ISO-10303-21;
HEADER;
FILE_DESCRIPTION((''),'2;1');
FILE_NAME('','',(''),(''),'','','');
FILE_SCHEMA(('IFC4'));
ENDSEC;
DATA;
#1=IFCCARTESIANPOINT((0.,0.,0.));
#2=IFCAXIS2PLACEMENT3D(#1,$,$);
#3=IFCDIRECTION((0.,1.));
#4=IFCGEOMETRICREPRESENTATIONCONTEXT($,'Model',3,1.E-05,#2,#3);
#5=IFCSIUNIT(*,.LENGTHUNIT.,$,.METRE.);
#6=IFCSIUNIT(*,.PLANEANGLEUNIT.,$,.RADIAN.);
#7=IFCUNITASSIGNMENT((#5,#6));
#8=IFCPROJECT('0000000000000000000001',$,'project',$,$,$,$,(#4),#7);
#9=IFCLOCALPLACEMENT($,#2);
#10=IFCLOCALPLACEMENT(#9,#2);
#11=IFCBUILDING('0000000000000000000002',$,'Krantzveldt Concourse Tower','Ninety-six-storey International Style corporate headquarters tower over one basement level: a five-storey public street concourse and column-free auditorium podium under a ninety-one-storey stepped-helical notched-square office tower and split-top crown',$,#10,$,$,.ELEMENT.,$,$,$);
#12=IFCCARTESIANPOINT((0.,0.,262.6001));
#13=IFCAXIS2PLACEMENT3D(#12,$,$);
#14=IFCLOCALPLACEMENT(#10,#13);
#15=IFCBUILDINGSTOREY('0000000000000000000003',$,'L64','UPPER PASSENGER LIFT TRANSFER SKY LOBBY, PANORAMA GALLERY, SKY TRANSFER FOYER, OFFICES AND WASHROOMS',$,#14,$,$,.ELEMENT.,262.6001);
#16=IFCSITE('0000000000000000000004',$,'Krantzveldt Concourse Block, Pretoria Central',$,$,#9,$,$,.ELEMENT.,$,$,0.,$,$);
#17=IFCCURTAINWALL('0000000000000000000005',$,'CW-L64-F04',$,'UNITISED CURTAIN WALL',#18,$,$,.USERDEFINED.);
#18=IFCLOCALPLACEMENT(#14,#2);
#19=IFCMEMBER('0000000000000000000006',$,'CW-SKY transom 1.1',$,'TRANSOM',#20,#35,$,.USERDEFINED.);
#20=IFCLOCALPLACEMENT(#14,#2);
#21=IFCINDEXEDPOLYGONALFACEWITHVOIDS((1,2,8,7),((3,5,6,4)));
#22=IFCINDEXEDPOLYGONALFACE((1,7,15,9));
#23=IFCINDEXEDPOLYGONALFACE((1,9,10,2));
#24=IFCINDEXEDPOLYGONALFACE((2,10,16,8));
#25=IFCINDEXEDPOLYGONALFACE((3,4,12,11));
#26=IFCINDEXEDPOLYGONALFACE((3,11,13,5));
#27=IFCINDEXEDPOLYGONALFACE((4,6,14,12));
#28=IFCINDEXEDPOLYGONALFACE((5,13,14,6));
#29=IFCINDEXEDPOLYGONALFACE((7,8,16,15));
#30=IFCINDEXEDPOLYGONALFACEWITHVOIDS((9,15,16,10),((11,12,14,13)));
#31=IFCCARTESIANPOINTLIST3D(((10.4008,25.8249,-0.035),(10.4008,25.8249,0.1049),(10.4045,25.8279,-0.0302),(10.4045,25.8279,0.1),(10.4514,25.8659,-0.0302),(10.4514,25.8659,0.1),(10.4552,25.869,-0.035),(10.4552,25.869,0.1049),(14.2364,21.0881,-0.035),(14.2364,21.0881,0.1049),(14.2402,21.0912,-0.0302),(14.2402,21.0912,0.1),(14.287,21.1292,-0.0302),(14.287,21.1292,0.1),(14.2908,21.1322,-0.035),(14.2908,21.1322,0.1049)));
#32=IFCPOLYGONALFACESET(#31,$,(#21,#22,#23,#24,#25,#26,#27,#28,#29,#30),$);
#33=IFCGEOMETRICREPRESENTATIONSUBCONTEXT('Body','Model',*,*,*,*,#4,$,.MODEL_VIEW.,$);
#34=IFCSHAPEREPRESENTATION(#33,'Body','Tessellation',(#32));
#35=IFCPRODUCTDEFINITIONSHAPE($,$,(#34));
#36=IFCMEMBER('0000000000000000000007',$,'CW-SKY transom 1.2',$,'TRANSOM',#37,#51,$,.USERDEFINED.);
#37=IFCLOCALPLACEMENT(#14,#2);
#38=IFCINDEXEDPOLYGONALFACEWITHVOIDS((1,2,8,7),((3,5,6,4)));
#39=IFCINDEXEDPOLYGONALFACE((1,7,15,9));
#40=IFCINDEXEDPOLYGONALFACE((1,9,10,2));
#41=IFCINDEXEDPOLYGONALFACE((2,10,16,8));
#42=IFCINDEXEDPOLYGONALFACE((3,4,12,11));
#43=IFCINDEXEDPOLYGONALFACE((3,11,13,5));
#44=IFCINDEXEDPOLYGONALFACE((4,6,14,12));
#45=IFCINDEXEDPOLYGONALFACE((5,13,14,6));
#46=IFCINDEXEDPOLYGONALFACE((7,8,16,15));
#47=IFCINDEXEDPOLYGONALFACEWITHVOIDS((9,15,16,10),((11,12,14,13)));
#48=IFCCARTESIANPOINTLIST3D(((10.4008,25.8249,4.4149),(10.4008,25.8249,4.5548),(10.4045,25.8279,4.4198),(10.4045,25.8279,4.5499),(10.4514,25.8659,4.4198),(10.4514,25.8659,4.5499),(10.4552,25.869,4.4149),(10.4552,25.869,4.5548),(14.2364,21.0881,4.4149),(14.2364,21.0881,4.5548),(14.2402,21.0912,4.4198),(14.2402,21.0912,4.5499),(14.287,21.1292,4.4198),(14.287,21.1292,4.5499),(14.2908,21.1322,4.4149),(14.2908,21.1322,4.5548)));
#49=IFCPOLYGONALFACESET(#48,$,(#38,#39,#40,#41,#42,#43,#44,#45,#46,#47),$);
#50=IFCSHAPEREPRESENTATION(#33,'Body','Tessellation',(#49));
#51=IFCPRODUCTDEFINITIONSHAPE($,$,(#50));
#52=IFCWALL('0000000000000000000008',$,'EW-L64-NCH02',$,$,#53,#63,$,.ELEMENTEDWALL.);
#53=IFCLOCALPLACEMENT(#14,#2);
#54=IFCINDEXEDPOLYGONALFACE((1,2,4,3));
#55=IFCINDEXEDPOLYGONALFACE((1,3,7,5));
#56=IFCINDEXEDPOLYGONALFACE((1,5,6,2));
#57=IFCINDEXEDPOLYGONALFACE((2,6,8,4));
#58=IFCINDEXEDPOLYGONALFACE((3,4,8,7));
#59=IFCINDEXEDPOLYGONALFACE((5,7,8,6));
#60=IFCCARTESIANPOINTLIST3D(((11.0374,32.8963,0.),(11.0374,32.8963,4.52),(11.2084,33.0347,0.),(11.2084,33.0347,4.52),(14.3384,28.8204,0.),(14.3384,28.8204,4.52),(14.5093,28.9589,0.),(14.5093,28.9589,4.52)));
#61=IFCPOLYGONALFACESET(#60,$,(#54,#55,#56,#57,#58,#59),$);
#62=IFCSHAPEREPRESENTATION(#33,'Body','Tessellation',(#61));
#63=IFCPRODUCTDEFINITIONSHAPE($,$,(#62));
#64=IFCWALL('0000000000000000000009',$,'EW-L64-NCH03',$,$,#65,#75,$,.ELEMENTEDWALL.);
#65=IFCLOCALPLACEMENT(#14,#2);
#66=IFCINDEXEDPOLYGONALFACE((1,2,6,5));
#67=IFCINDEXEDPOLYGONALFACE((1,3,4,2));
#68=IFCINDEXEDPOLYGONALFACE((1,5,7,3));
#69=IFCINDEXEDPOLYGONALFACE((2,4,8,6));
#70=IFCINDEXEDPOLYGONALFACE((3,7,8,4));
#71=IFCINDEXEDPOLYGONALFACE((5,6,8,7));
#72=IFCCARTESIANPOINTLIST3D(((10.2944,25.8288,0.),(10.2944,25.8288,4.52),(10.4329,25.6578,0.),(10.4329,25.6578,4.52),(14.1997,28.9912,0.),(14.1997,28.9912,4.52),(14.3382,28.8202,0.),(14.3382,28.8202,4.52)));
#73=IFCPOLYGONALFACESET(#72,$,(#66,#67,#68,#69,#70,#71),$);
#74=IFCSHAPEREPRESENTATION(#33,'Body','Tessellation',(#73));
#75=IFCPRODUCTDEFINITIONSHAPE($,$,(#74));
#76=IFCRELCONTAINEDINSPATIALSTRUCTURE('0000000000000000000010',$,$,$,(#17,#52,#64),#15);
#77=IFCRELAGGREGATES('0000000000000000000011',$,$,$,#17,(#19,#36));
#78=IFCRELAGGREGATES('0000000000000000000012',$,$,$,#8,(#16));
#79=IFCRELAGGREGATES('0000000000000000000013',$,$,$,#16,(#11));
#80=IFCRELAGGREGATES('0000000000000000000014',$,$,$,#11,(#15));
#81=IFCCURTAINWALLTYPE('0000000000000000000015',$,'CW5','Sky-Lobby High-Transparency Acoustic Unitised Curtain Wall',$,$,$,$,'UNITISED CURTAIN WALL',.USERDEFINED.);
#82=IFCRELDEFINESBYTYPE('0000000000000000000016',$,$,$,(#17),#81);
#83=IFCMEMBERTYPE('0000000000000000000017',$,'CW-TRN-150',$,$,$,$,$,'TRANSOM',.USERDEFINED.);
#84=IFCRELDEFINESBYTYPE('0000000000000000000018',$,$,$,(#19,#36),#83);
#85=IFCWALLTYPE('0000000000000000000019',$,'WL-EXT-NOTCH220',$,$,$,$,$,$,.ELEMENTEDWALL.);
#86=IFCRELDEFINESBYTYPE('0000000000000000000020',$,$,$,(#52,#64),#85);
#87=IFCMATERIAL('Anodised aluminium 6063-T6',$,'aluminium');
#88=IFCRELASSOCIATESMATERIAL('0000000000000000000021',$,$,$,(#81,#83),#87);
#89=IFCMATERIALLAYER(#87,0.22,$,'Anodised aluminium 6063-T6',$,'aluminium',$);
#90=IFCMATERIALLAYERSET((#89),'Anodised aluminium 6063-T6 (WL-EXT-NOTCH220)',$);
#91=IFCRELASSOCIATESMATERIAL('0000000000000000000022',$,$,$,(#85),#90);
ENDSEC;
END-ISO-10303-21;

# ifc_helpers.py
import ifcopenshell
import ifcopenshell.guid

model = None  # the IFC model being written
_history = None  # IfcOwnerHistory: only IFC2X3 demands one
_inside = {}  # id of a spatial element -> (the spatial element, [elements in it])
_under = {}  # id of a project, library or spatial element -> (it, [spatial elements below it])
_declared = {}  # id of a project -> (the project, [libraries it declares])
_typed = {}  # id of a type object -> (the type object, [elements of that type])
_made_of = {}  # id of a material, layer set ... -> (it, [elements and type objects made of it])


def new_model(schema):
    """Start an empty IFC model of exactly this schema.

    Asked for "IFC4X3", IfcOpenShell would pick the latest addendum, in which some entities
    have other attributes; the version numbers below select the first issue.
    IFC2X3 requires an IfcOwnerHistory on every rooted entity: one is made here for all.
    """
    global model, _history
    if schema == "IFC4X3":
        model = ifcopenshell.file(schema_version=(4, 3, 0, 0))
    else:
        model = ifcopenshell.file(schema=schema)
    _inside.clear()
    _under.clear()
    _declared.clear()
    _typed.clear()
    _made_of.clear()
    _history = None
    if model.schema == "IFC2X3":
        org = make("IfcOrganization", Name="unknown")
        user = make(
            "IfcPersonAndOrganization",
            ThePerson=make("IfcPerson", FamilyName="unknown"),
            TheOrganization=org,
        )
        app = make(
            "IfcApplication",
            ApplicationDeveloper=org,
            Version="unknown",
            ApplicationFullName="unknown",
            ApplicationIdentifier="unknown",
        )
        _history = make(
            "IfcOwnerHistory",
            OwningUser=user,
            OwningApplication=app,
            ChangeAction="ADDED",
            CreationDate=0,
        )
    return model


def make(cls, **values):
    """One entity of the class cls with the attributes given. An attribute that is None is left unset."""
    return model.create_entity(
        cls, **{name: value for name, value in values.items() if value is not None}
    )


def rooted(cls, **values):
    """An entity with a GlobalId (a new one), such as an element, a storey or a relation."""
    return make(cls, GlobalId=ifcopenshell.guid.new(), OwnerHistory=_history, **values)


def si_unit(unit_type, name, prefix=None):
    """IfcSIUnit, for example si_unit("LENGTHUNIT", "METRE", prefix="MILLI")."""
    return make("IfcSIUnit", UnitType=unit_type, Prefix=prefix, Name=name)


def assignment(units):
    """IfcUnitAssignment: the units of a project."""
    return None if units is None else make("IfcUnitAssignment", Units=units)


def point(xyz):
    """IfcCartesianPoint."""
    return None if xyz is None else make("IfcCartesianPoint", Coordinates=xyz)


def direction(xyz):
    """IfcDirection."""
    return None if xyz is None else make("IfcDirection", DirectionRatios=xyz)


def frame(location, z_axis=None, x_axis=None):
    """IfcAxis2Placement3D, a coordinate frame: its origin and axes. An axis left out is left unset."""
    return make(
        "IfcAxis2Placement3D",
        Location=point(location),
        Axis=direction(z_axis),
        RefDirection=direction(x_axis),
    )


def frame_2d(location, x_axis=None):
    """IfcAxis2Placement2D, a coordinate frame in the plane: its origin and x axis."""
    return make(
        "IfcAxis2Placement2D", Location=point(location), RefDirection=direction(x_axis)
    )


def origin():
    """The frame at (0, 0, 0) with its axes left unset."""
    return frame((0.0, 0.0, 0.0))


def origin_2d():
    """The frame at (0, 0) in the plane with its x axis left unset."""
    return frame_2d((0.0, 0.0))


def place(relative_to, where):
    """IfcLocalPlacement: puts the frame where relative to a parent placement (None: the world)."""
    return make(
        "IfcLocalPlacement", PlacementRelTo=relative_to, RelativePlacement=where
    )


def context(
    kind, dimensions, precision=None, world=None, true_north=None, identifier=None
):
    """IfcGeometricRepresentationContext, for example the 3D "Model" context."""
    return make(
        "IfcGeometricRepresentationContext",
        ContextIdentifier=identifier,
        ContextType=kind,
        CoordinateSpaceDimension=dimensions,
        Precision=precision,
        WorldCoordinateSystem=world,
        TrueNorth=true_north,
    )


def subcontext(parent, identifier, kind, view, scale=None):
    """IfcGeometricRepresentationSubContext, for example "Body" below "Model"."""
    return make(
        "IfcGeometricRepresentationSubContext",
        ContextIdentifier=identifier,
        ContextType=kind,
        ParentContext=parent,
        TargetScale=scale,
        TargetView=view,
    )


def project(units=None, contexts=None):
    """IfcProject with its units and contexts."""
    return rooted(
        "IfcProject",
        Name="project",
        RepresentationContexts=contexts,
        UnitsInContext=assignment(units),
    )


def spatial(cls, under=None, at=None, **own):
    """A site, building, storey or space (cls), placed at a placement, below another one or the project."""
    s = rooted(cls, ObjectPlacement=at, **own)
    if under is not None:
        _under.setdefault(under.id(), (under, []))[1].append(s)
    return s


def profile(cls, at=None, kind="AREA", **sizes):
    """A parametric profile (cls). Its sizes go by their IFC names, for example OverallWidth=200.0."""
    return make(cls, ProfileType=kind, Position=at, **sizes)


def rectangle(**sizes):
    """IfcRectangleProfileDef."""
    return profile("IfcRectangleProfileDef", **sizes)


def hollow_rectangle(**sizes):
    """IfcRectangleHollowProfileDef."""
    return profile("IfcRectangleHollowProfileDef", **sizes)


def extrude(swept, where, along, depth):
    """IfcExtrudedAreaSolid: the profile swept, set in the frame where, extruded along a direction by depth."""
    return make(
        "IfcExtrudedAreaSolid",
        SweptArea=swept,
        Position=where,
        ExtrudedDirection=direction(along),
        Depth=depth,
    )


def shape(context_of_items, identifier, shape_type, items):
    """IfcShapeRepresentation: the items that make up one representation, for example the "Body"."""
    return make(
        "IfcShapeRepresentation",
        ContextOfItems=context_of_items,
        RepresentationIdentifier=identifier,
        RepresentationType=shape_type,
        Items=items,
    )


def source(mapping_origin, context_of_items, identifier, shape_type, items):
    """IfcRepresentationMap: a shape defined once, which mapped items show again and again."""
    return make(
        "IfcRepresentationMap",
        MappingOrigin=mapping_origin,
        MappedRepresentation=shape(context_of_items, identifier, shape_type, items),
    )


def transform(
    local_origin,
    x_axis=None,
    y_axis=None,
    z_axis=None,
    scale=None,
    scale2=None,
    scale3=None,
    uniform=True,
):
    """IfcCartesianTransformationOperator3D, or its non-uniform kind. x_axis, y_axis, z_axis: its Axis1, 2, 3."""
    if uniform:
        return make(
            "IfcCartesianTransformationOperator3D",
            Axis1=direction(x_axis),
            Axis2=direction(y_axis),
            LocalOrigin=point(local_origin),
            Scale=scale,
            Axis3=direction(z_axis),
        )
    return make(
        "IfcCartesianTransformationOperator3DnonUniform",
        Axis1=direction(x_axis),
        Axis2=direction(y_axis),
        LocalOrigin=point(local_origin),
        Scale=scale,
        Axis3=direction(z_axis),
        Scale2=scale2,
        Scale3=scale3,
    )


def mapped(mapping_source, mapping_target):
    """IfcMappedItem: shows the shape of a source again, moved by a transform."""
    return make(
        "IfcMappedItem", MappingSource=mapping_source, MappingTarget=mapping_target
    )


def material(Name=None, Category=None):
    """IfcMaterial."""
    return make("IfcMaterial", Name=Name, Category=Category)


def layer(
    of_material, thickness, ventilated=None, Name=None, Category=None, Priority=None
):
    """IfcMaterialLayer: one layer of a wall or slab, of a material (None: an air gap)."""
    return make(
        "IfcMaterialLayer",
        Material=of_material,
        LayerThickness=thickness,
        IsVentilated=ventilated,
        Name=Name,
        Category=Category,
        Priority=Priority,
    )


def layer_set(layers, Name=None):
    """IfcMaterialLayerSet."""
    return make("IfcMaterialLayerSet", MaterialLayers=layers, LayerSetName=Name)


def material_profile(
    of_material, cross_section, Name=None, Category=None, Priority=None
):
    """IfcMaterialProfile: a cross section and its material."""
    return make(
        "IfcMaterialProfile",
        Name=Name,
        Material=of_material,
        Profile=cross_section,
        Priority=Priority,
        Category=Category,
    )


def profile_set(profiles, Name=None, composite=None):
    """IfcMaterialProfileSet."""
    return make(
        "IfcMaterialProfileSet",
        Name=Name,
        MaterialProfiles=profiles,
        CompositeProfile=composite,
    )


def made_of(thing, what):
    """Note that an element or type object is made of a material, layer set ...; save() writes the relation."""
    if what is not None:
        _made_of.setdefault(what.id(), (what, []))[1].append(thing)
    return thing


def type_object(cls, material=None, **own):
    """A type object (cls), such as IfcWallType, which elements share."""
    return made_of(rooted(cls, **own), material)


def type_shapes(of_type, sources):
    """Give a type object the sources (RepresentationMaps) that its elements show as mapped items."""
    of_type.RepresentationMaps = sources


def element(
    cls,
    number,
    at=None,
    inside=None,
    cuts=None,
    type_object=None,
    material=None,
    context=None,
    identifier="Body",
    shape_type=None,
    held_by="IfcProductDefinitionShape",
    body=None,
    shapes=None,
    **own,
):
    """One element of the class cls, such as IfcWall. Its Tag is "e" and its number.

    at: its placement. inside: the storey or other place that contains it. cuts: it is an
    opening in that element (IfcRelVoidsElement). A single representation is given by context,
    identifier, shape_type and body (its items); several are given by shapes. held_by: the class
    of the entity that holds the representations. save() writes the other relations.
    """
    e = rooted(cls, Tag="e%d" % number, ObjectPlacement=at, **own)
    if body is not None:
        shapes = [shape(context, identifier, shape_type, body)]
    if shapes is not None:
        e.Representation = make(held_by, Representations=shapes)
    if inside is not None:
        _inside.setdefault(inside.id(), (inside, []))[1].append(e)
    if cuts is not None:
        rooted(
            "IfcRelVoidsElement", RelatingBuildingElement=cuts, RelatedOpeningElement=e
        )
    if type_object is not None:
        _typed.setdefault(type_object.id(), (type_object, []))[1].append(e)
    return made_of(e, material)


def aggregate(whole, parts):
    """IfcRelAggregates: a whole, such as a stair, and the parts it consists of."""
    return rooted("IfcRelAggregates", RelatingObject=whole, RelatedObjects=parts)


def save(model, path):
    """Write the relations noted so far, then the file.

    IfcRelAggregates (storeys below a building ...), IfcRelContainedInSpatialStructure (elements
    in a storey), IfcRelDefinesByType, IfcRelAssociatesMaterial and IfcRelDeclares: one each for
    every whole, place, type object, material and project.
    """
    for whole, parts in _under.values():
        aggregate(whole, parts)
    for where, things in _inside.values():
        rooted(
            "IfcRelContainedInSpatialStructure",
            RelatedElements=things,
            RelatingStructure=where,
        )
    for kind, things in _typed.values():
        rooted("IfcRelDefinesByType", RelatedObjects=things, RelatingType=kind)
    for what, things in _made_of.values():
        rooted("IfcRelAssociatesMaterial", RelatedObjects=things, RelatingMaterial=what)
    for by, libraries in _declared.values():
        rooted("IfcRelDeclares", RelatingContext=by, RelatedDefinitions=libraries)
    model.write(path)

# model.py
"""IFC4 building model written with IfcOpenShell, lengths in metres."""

from ifc_helpers import new_model, si_unit, direction, frame, frame_2d, origin, origin_2d, place, context, subcontext, project, spatial, rectangle, hollow_rectangle, extrude, source, transform, mapped, material, layer, layer_set, material_profile, profile_set, type_object, type_shapes, element, aggregate, save


model = new_model("IFC4")

# Units and contexts
model_context = context("Model", 3, precision=1e-05, world=origin(), true_north=direction((0.0, 1.0)))
body_context = subcontext(model_context, "Body", "Model", "MODEL_VIEW")
ifc_project = project(units=[si_unit("LENGTHUNIT", "METRE"), si_unit("PLANEANGLEUNIT", "RADIAN")], contexts=[model_context])

# Site, building, storey
site_placement = place(None, origin())
site = spatial("IfcSite", under=ifc_project, at=site_placement, Name="Krantzveldt Concourse Block, Pretoria Central", CompositionType="ELEMENT", RefElevation=0.0)
building_placement = place(site_placement, origin())
building = spatial("IfcBuilding", under=site, at=building_placement, Name="Krantzveldt Concourse Tower", Description="Ninety-six-storey International Style corporate headquarters tower over one basement level: a five-storey public street concourse and column-free auditorium podium under a ninety-one-storey stepped-helical notched-square office tower and split-top crown", CompositionType="ELEMENT")
storey_placement = place(building_placement, frame((0.0, 0.0, 262.6001)))
storey = spatial("IfcBuildingStorey", under=building, at=storey_placement, Name="L64", Description="UPPER PASSENGER LIFT TRANSFER SKY LOBBY, PANORAMA GALLERY, SKY TRANSFER FOYER, OFFICES AND WASHROOMS", CompositionType="ELEMENT", Elevation=262.6001)

# Shared definitions
ifc_material_1 = material(Name="Anodised aluminium 6063-T6", Category="aluminium")
curtain_wall_type = type_object("IfcCurtainWallType", Name="CW5", Description="Sky-Lobby High-Transparency Acoustic Unitised Curtain Wall", ElementType="UNITISED CURTAIN WALL", PredefinedType="USERDEFINED", material=ifc_material_1)

# Curtain wall, members
curtain_wall_1_placement = place(storey_placement, origin())
curtain_wall_1 = element("IfcCurtainWall", 1, at=curtain_wall_1_placement, inside=storey, type_object=curtain_wall_type, Name="CW-L64-F04", ObjectType="UNITISED CURTAIN WALL", PredefinedType="USERDEFINED")
ifc_material_profile_1 = material_profile(ifc_material_1, hollow_rectangle(XDim=0.0701, YDim=0.1399, WallThickness=0.0049, at=origin_2d()), Name="Anodised aluminium 6063-T6", Category="aluminium")
ifc_profile_set_1 = profile_set([ifc_material_profile_1], Name="Anodised aluminium 6063-T6 - ALU-TRAN 140x70x5")
member_type_1 = type_object("IfcMemberType", Name="CW-TRN-150", ElementType="TRANSOM", PredefinedType="USERDEFINED", material=ifc_profile_set_1)
shared_shape_1 = source(origin(), body_context, "Body", "SweptSolid", [
    extrude(hollow_rectangle(XDim=0.0701, YDim=0.1399, WallThickness=0.0049, at=origin_2d()), origin(), (0.0, 0.0, 1.0), 6.095),
])
type_shapes(member_type_1, [shared_shape_1])
member_1_placement = place(storey_placement, frame((10.428, 25.8469, 0.0349), z_axis=(0.62931, -0.777154, 0.0), x_axis=(0.777154, 0.62931, 0.0)))
member_1 = element("IfcMember", 2, at=member_1_placement, type_object=member_type_1, Name="CW-SKY transom 1.1", ObjectType="TRANSOM", PredefinedType="USERDEFINED", context=body_context, shape_type="MappedRepresentation", body=[
    mapped(shared_shape_1, transform((0.0, 0.0, 0.0), x_axis=(1.0, 0.0, 0.0), y_axis=(0.0, 1.0, 0.0), z_axis=(0.0, 0.0, 1.0), scale=1.0)),
])
member_2_placement = place(storey_placement, frame((10.428, 25.8469, 4.4849), z_axis=(0.62931, -0.777154, 0.0), x_axis=(0.777154, 0.62931, 0.0)))
member_2 = element("IfcMember", 3, at=member_2_placement, type_object=member_type_1, Name="CW-SKY transom 1.2", ObjectType="TRANSOM", PredefinedType="USERDEFINED", context=body_context, shape_type="MappedRepresentation", body=[
    mapped(shared_shape_1, transform((0.0, 0.0, 0.0), x_axis=(1.0, 0.0, 0.0), y_axis=(0.0, 1.0, 0.0), z_axis=(0.0, 0.0, 1.0), scale=1.0)),
])
aggregate(curtain_wall_1, [member_1, member_2])

# Walls
ifc_layer = layer(ifc_material_1, 0.22, Name="Anodised aluminium 6063-T6", Category="aluminium")
ifc_layer_set = layer_set([ifc_layer], Name="Anodised aluminium 6063-T6 (WL-EXT-NOTCH220)")
wall_type = type_object("IfcWallType", Name="WL-EXT-NOTCH220", PredefinedType="ELEMENTEDWALL", material=ifc_layer_set)
wall_1_placement = place(storey_placement, frame((11.1228, 32.9656, 0.0), z_axis=(0.0, 0.0, 1.0), x_axis=(0.629367, -0.777108, 0.0)))
element("IfcWall", 4, at=wall_1_placement, inside=storey, type_object=wall_type, Name="EW-L64-NCH02", PredefinedType="ELEMENTEDWALL", context=body_context, shape_type="SweptSolid", body=[
    extrude(rectangle(XDim=5.2449, YDim=0.22, at=frame_2d((2.6226, 0.0))), origin(), (0.0, 0.0, 1.0), 4.52),
])
wall_2_placement = place(storey_placement, frame((14.269, 28.9058, 0.0), z_axis=(0.0, 0.0, 1.0), x_axis=(-0.777153, -0.629311, 0.0)))
element("IfcWall", 5, at=wall_2_placement, inside=storey, type_object=wall_type, Name="EW-L64-NCH03", PredefinedType="ELEMENTEDWALL", context=body_context, shape_type="SweptSolid", body=[
    extrude(rectangle(XDim=5.0251, YDim=0.22, at=frame_2d((2.5127, 0.0))), origin(), (0.0, 0.0, 1.0), 4.52),
])

save(model, "model.ifc")
